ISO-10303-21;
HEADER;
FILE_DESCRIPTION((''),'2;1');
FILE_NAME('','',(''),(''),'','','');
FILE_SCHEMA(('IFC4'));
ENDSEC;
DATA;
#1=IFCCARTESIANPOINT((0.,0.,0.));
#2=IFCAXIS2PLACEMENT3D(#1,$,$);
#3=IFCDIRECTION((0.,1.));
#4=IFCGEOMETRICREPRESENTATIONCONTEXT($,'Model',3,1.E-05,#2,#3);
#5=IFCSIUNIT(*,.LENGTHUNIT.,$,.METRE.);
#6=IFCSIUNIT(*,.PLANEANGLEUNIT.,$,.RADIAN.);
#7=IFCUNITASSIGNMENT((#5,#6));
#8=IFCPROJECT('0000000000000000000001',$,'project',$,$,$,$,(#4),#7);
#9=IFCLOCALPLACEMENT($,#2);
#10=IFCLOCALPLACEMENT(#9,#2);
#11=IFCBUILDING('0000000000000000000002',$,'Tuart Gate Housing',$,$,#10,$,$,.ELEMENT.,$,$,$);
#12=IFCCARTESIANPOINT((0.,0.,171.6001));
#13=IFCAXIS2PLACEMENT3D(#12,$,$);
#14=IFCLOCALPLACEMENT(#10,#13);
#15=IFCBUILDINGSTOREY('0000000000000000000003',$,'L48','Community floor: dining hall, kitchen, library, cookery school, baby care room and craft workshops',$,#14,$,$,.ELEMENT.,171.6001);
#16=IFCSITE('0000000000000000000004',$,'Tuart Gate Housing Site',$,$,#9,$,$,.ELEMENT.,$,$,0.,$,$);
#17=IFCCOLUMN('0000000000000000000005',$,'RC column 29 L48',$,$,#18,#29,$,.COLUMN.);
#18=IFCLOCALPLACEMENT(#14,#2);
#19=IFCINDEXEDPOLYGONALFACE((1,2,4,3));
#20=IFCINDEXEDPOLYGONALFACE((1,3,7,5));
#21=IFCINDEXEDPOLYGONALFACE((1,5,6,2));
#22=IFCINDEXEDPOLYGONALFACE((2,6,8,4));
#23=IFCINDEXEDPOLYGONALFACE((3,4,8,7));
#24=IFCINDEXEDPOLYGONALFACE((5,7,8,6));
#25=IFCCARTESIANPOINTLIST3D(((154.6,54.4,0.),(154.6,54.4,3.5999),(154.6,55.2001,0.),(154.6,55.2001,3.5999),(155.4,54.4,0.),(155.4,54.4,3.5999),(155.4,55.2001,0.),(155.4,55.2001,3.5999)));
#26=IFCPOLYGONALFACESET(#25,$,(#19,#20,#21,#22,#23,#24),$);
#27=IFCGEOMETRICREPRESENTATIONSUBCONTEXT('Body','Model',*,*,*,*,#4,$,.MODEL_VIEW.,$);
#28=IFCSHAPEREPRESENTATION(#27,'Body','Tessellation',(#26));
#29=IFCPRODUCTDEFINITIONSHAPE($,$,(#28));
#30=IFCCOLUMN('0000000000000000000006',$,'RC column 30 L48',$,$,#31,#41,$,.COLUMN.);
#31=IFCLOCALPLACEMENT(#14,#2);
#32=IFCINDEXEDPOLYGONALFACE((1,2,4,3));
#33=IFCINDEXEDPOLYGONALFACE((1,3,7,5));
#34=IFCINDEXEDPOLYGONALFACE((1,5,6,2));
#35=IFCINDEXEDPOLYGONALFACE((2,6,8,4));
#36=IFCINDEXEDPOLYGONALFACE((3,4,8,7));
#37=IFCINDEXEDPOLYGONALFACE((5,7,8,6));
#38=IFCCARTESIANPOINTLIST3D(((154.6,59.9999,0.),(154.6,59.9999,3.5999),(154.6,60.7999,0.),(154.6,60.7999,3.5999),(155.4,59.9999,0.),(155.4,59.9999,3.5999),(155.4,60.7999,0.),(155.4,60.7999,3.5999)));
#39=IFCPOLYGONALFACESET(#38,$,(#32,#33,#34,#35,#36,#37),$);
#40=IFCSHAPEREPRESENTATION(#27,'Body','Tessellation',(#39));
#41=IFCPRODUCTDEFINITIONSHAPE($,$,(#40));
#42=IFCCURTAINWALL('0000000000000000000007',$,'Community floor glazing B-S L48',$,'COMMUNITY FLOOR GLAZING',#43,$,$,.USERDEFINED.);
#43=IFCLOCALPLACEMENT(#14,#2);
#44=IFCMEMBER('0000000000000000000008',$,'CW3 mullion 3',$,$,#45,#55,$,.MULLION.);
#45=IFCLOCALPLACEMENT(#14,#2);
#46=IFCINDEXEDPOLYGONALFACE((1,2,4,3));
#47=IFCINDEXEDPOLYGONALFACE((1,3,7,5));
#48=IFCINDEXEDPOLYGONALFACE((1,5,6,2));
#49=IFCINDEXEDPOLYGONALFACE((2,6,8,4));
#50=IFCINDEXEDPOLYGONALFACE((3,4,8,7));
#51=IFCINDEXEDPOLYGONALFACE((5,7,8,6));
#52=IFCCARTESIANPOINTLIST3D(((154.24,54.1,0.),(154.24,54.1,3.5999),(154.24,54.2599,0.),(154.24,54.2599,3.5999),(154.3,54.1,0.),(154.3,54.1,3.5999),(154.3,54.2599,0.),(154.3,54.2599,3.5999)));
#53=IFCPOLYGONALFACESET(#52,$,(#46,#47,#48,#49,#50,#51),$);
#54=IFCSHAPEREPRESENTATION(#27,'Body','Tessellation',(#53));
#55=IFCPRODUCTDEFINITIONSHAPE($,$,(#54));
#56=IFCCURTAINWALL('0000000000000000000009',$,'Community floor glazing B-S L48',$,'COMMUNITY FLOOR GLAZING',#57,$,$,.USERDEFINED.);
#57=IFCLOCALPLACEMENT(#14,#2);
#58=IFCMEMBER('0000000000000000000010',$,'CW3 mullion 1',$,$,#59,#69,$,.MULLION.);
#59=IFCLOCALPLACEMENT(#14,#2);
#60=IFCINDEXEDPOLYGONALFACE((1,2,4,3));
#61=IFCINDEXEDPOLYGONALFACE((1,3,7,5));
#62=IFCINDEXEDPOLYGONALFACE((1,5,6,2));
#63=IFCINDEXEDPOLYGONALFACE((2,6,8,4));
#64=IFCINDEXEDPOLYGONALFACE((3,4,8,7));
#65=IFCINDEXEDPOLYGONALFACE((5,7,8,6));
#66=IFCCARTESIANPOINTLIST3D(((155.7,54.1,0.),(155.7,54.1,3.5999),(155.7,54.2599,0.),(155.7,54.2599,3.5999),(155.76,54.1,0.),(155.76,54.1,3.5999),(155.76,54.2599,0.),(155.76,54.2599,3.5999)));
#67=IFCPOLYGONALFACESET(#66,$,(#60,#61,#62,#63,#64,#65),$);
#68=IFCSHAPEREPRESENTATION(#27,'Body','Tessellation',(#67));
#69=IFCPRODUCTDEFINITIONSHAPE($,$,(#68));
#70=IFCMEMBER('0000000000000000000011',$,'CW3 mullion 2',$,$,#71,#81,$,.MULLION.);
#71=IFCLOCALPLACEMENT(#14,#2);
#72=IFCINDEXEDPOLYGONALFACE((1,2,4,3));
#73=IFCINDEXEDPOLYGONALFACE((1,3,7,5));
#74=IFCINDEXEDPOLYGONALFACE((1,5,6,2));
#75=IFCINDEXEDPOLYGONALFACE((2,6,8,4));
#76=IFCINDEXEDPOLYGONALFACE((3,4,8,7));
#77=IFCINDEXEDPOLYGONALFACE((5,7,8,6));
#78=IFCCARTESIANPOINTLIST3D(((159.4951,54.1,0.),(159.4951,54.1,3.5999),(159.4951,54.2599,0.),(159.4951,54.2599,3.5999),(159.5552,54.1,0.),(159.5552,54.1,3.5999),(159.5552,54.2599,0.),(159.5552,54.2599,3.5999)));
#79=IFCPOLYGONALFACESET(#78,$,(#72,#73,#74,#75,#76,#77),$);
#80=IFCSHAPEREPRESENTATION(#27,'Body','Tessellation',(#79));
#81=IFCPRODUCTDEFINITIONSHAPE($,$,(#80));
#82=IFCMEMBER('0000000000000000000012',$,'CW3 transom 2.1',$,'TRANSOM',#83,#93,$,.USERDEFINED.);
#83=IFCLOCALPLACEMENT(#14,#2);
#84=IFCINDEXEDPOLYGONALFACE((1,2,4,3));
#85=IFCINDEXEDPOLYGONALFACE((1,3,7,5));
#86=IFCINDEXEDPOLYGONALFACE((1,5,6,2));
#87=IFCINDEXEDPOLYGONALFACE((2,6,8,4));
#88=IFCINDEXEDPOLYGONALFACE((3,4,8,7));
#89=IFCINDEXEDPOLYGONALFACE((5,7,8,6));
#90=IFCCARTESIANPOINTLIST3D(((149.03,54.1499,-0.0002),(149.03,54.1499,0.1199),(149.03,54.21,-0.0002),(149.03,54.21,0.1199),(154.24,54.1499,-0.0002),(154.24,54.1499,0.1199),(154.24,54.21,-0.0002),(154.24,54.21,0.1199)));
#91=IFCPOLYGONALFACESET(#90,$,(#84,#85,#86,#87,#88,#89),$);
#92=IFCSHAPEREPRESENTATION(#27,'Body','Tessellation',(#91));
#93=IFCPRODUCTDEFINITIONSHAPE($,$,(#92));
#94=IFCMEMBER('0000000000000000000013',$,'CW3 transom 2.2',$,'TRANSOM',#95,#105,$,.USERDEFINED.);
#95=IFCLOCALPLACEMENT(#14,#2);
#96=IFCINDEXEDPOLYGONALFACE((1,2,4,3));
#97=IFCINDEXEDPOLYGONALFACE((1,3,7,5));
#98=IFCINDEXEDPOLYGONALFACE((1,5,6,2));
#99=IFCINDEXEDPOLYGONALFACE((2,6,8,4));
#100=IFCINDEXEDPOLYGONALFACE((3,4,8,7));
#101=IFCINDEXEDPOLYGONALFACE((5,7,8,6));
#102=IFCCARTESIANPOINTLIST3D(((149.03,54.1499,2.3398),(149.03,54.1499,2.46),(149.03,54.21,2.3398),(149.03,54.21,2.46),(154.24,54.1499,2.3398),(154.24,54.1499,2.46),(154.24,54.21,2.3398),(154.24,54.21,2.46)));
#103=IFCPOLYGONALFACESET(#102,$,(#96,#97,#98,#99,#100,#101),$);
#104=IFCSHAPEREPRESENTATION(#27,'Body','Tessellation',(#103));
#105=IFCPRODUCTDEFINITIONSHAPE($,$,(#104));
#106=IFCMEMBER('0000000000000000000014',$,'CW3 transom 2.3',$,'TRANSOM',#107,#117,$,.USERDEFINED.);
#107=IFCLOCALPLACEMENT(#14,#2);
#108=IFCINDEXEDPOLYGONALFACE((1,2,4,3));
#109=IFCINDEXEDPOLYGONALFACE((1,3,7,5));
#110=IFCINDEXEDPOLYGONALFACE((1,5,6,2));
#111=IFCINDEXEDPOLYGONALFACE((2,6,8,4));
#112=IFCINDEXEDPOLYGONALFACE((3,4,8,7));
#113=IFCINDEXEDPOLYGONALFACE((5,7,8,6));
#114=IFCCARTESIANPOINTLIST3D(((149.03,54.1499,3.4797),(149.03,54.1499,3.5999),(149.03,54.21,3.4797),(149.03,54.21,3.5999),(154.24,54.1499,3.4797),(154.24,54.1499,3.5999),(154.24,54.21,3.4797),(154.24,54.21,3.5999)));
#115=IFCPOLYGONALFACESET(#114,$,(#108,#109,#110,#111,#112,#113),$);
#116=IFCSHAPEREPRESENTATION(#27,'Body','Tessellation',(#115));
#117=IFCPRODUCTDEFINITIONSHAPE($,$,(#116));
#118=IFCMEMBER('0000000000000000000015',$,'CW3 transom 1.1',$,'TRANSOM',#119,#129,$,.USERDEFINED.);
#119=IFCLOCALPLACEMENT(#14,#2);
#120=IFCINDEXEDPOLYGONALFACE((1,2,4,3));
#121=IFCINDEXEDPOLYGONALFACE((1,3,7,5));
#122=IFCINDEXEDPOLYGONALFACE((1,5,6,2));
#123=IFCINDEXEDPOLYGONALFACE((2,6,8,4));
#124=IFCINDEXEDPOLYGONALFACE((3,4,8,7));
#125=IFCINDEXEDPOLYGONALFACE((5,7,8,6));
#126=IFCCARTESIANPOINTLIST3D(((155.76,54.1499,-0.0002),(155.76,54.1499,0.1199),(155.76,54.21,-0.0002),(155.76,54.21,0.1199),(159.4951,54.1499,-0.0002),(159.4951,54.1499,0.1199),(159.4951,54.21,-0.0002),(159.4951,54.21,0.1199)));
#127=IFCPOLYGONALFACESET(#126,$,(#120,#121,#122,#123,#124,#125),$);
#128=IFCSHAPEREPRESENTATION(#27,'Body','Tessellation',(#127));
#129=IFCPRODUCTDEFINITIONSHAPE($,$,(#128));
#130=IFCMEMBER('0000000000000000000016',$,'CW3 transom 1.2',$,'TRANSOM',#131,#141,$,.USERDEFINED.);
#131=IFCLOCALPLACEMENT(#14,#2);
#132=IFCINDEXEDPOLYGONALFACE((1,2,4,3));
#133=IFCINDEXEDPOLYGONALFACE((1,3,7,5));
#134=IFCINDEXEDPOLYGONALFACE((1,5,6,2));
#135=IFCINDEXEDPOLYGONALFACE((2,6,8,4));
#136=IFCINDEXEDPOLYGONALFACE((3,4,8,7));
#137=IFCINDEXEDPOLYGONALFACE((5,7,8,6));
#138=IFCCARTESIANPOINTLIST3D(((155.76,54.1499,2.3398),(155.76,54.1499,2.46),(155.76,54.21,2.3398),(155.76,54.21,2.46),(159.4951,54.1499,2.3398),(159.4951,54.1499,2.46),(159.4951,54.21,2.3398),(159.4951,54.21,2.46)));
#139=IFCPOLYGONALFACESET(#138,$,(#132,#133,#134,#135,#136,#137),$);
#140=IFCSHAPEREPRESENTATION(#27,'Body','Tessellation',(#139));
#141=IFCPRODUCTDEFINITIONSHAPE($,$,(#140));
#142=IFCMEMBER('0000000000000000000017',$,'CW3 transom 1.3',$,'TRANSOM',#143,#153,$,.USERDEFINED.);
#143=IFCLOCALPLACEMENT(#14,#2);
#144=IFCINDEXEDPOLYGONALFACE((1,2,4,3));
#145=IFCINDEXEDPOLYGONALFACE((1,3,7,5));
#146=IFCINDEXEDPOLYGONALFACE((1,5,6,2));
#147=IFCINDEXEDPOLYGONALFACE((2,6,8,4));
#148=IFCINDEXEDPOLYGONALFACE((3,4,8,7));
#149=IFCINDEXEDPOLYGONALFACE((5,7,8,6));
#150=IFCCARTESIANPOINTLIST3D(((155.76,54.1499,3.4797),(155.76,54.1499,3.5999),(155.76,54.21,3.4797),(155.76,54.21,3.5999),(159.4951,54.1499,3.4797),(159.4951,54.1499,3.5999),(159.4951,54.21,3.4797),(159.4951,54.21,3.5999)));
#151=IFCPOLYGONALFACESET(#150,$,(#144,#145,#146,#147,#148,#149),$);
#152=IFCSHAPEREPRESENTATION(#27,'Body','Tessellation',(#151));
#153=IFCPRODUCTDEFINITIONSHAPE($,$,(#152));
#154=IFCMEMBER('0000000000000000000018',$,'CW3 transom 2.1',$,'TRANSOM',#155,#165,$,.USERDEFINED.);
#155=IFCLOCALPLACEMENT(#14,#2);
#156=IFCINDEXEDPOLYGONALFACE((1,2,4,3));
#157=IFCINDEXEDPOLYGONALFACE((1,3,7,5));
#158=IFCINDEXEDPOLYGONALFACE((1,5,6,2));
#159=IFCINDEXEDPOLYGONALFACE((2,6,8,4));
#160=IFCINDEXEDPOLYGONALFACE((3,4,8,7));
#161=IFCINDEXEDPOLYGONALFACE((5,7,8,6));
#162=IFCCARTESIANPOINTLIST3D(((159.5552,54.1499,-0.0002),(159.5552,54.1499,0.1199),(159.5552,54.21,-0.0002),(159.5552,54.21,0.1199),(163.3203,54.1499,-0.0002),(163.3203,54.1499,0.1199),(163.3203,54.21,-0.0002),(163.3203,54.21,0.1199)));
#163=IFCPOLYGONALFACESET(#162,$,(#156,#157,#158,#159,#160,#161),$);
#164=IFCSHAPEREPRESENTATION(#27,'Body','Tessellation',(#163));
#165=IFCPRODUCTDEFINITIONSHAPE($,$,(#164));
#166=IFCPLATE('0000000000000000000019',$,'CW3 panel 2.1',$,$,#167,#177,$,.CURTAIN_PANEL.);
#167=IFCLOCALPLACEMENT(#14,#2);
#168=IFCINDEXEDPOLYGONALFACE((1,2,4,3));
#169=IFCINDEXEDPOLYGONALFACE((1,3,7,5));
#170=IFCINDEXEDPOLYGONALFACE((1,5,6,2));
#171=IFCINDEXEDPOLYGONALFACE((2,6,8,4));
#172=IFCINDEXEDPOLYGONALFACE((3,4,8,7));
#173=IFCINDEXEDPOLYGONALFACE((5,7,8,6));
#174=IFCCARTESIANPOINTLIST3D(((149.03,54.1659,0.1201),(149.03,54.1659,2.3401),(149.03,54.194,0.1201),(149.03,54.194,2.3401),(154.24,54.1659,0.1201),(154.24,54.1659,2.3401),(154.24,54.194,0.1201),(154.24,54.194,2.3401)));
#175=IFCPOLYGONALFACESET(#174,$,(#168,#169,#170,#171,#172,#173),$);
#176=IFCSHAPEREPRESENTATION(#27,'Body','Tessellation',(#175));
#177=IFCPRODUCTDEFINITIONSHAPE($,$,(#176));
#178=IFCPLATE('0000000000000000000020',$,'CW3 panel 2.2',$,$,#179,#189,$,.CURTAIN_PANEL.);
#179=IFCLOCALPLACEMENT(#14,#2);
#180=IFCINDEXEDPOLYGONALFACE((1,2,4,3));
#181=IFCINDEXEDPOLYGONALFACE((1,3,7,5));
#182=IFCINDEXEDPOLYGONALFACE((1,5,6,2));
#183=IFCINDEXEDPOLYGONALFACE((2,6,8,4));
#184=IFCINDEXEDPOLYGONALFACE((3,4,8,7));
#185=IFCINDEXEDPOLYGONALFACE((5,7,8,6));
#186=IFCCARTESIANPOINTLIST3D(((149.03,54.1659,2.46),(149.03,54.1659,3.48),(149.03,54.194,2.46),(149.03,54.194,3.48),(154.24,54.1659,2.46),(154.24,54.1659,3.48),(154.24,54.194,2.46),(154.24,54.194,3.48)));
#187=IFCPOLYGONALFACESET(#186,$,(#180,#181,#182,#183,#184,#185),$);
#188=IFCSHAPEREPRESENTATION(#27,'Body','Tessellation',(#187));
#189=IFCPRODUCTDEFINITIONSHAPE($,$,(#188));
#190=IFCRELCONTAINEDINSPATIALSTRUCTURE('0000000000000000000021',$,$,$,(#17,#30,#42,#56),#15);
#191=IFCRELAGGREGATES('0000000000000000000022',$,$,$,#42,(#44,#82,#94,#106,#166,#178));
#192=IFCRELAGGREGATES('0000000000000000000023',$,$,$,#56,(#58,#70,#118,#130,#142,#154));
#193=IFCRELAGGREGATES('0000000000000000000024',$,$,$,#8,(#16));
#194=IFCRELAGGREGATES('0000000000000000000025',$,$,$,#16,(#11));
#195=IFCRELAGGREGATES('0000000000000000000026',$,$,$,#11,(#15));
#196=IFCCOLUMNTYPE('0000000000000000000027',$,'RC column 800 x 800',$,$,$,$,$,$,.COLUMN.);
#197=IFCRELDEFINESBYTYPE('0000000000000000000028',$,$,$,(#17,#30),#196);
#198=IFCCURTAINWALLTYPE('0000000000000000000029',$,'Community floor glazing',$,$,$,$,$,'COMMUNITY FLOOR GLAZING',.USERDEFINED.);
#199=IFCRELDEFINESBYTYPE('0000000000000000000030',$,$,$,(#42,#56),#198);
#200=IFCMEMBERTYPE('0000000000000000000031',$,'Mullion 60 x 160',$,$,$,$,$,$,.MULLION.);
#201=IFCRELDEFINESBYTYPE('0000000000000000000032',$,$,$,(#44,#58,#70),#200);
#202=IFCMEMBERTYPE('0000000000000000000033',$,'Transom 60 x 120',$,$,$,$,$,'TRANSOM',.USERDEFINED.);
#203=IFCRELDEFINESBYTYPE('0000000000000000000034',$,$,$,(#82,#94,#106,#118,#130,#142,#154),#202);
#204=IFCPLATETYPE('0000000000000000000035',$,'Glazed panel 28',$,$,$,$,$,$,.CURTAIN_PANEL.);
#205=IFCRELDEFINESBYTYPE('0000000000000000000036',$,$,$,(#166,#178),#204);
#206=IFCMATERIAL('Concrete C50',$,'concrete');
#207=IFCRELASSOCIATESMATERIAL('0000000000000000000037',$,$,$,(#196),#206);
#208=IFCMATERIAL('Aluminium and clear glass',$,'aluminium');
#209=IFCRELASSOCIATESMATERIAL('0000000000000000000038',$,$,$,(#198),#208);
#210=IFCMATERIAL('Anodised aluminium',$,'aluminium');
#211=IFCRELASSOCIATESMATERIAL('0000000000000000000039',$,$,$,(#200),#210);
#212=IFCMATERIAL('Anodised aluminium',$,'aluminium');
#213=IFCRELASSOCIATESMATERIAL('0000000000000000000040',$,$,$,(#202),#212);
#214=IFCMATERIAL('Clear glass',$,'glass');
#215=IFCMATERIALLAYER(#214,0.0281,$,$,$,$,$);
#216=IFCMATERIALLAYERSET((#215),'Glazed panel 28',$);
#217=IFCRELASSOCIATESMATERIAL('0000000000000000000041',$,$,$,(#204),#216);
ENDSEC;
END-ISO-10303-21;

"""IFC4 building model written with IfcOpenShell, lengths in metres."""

from ifc_helpers import new_model, si_unit, direction, frame, origin, origin_2d, place, context, subcontext, project, spatial, rectangle, extrude, material, layer, layer_set, material_profile, profile_set, type_object, element, aggregate, save


model = new_model("IFC4")

# Units and contexts
model_context = context("Model", 3, precision=1e-05, world=origin(), true_north=direction((0.0, 1.0)))
body_context = subcontext(model_context, "Body", "Model", "MODEL_VIEW")
ifc_project = project(units=[si_unit("LENGTHUNIT", "METRE"), si_unit("PLANEANGLEUNIT", "RADIAN")], contexts=[model_context])

# Site, building, storey
site_placement = place(None, origin())
site = spatial("IfcSite", under=ifc_project, at=site_placement, Name="Tuart Gate Housing Site", CompositionType="ELEMENT", RefElevation=0.0)
building_placement = place(site_placement, origin())
building = spatial("IfcBuilding", under=site, at=building_placement, Name="Tuart Gate Housing", CompositionType="ELEMENT")
storey_placement = place(building_placement, frame((0.0, 0.0, 171.6001)))
storey = spatial("IfcBuildingStorey", under=building, at=storey_placement, Name="L48", Description="Community floor: dining hall, kitchen, library, cookery school, baby care room and craft workshops", CompositionType="ELEMENT", Elevation=171.6001)

# Columns
ifc_material_1 = material(Name="Concrete C50", Category="concrete")
ifc_material_profile_1 = material_profile(ifc_material_1, rectangle(XDim=0.8, YDim=0.8, at=origin_2d()), Name="RC column 800 x 800")
ifc_profile_set_1 = profile_set([ifc_material_profile_1], Name="Concrete C50")
column_type = type_object("IfcColumnType", Name="RC column 800 x 800", PredefinedType="COLUMN", material=ifc_profile_set_1)
for number, where, z_axis, x_axis, name in (
    (1, (155.0, 54.8, 0.0), (0.0, 0.0, 1.0), (1.0, 0.0, 0.0), "RC column 29 L48"),
    (2, (155.0, 60.3999, 0.0), (0.0, 0.0, 1.0), (1.0, 0.0, 0.0), "RC column 30 L48"),
):
    element("IfcColumn", number, at=place(storey_placement, frame(where, z_axis=z_axis, x_axis=x_axis)), inside=storey, type_object=column_type, Name=name, PredefinedType="COLUMN", context=body_context, shape_type="SweptSolid", body=[
        extrude(rectangle(XDim=0.8, YDim=0.8, at=origin_2d()), origin(), (0.0, 0.0, 1.0), 3.5999),
    ])

# Curtain wall, member
ifc_material_2 = material(Name="Aluminium and clear glass", Category="aluminium")
curtain_wall_type = type_object("IfcCurtainWallType", Name="Community floor glazing", ElementType="COMMUNITY FLOOR GLAZING", PredefinedType="USERDEFINED", material=ifc_material_2)
curtain_wall_1_placement = place(storey_placement, origin())
curtain_wall_1 = element("IfcCurtainWall", 3, at=curtain_wall_1_placement, inside=storey, type_object=curtain_wall_type, Name="Community floor glazing B-S L48", ObjectType="COMMUNITY FLOOR GLAZING", PredefinedType="USERDEFINED")
ifc_material_3 = material(Name="Anodised aluminium", Category="aluminium")
ifc_material_profile_2 = material_profile(ifc_material_3, rectangle(XDim=0.0601, YDim=0.1599, at=origin_2d()), Name="60x160")
ifc_profile_set_2 = profile_set([ifc_material_profile_2], Name="Anodised aluminium")
member_type_1 = type_object("IfcMemberType", Name="Mullion 60 x 160", PredefinedType="MULLION", material=ifc_profile_set_2)
member_1_placement = place(storey_placement, frame((154.27, 54.1799, 0.0), z_axis=(0.0, 0.0, 1.0), x_axis=(1.0, 0.0, 0.0)))
member_1 = element("IfcMember", 4, at=member_1_placement, type_object=member_type_1, Name="CW3 mullion 3", PredefinedType="MULLION", context=body_context, shape_type="SweptSolid", body=[
    extrude(rectangle(XDim=0.0601, YDim=0.1599, at=origin_2d()), origin(), (0.0, 0.0, 1.0), 3.5999),
])

# Curtain wall, members
curtain_wall_2_placement = place(storey_placement, origin())
curtain_wall_2 = element("IfcCurtainWall", 5, at=curtain_wall_2_placement, inside=storey, type_object=curtain_wall_type, Name="Community floor glazing B-S L48", ObjectType="COMMUNITY FLOOR GLAZING", PredefinedType="USERDEFINED")
member_2_placement = place(storey_placement, frame((155.73, 54.1799, 0.0), z_axis=(0.0, 0.0, 1.0), x_axis=(1.0, 0.0, 0.0)))
member_2 = element("IfcMember", 6, at=member_2_placement, type_object=member_type_1, Name="CW3 mullion 1", PredefinedType="MULLION", context=body_context, shape_type="SweptSolid", body=[
    extrude(rectangle(XDim=0.0601, YDim=0.1599, at=origin_2d()), origin(), (0.0, 0.0, 1.0), 3.5999),
])
member_3_placement = place(storey_placement, frame((159.5251, 54.1799, 0.0), z_axis=(0.0, 0.0, 1.0), x_axis=(1.0, 0.0, 0.0)))
member_3 = element("IfcMember", 7, at=member_3_placement, type_object=member_type_1, Name="CW3 mullion 2", PredefinedType="MULLION", context=body_context, shape_type="SweptSolid", body=[
    extrude(rectangle(XDim=0.0601, YDim=0.1599, at=origin_2d()), origin(), (0.0, 0.0, 1.0), 3.5999),
])

# Members
ifc_material_4 = material(Name="Anodised aluminium", Category="aluminium")
ifc_material_profile_3 = material_profile(ifc_material_4, rectangle(XDim=0.0601, YDim=0.1201, at=origin_2d()), Name="60x120")
ifc_profile_set_3 = profile_set([ifc_material_profile_3], Name="Anodised aluminium")
member_type_2 = type_object("IfcMemberType", Name="Transom 60 x 120", ElementType="TRANSOM", PredefinedType="USERDEFINED", material=ifc_profile_set_3)
member_4_placement = place(storey_placement, frame((149.03, 54.1799, 0.0598), z_axis=(1.0, 0.0, 0.0), x_axis=(0.0, 1.0, 0.0)))
member_4 = element("IfcMember", 8, at=member_4_placement, type_object=member_type_2, Name="CW3 transom 2.1", ObjectType="TRANSOM", PredefinedType="USERDEFINED", context=body_context, shape_type="SweptSolid", body=[
    extrude(rectangle(XDim=0.0601, YDim=0.1201, at=origin_2d()), origin(), (0.0, 0.0, 1.0), 5.21),
])
member_5_placement = place(storey_placement, frame((149.03, 54.1799, 2.3999), z_axis=(1.0, 0.0, 0.0), x_axis=(0.0, 1.0, 0.0)))
member_5 = element("IfcMember", 9, at=member_5_placement, type_object=member_type_2, Name="CW3 transom 2.2", ObjectType="TRANSOM", PredefinedType="USERDEFINED", context=body_context, shape_type="SweptSolid", body=[
    extrude(rectangle(XDim=0.0601, YDim=0.1201, at=origin_2d()), origin(), (0.0, 0.0, 1.0), 5.21),
])
member_6_placement = place(storey_placement, frame((149.03, 54.1799, 3.5398), z_axis=(1.0, 0.0, 0.0), x_axis=(0.0, 1.0, 0.0)))
member_6 = element("IfcMember", 10, at=member_6_placement, type_object=member_type_2, Name="CW3 transom 2.3", ObjectType="TRANSOM", PredefinedType="USERDEFINED", context=body_context, shape_type="SweptSolid", body=[
    extrude(rectangle(XDim=0.0601, YDim=0.1201, at=origin_2d()), origin(), (0.0, 0.0, 1.0), 5.21),
])
member_7_placement = place(storey_placement, frame((155.76, 54.1799, 0.0598), z_axis=(1.0, 0.0, 0.0), x_axis=(0.0, 1.0, 0.0)))
member_7 = element("IfcMember", 11, at=member_7_placement, type_object=member_type_2, Name="CW3 transom 1.1", ObjectType="TRANSOM", PredefinedType="USERDEFINED", context=body_context, shape_type="SweptSolid", body=[
    extrude(rectangle(XDim=0.0601, YDim=0.1201, at=origin_2d()), origin(), (0.0, 0.0, 1.0), 3.7351),
])
member_8_placement = place(storey_placement, frame((155.76, 54.1799, 2.3999), z_axis=(1.0, 0.0, 0.0), x_axis=(0.0, 1.0, 0.0)))
member_8 = element("IfcMember", 12, at=member_8_placement, type_object=member_type_2, Name="CW3 transom 1.2", ObjectType="TRANSOM", PredefinedType="USERDEFINED", context=body_context, shape_type="SweptSolid", body=[
    extrude(rectangle(XDim=0.0601, YDim=0.1201, at=origin_2d()), origin(), (0.0, 0.0, 1.0), 3.7351),
])
member_9_placement = place(storey_placement, frame((155.76, 54.1799, 3.5398), z_axis=(1.0, 0.0, 0.0), x_axis=(0.0, 1.0, 0.0)))
member_9 = element("IfcMember", 13, at=member_9_placement, type_object=member_type_2, Name="CW3 transom 1.3", ObjectType="TRANSOM", PredefinedType="USERDEFINED", context=body_context, shape_type="SweptSolid", body=[
    extrude(rectangle(XDim=0.0601, YDim=0.1201, at=origin_2d()), origin(), (0.0, 0.0, 1.0), 3.7351),
])
member_10_placement = place(storey_placement, frame((159.5552, 54.1799, 0.0598), z_axis=(1.0, 0.0, 0.0), x_axis=(0.0, 1.0, 0.0)))
member_10 = element("IfcMember", 14, at=member_10_placement, type_object=member_type_2, Name="CW3 transom 2.1", ObjectType="TRANSOM", PredefinedType="USERDEFINED", context=body_context, shape_type="SweptSolid", body=[
    extrude(rectangle(XDim=0.0601, YDim=0.1201, at=origin_2d()), origin(), (0.0, 0.0, 1.0), 3.7651),
])

# Plates
ifc_material_5 = material(Name="Clear glass", Category="glass")
ifc_layer_1 = layer(ifc_material_5, 0.0281)
ifc_layer_set_1 = layer_set([ifc_layer_1], Name="Glazed panel 28")
plate_type = type_object("IfcPlateType", Name="Glazed panel 28", PredefinedType="CURTAIN_PANEL", material=ifc_layer_set_1)
plate_1_placement = place(storey_placement, frame((151.635, 54.1799, 0.1201), z_axis=(0.0, 0.0, 1.0), x_axis=(1.0, 0.0, 0.0)))
plate_1 = element("IfcPlate", 15, at=plate_1_placement, type_object=plate_type, Name="CW3 panel 2.1", PredefinedType="CURTAIN_PANEL", context=body_context, shape_type="SweptSolid", body=[
    extrude(rectangle(XDim=5.21, YDim=0.0281, at=origin_2d()), origin(), (0.0, 0.0, 1.0), 2.22),
])
plate_2_placement = place(storey_placement, frame((151.635, 54.1799, 2.46), z_axis=(0.0, 0.0, 1.0), x_axis=(1.0, 0.0, 0.0)))
plate_2 = element("IfcPlate", 16, at=plate_2_placement, type_object=plate_type, Name="CW3 panel 2.2", PredefinedType="CURTAIN_PANEL", context=body_context, shape_type="SweptSolid", body=[
    extrude(rectangle(XDim=5.21, YDim=0.0281, at=origin_2d()), origin(), (0.0, 0.0, 1.0), 1.02),
])
aggregate(curtain_wall_1, [member_1, member_4, member_5, member_6, plate_1, plate_2])
aggregate(curtain_wall_2, [member_2, member_3, member_7, member_8, member_9, member_10])

save(model, "model.ifc")
